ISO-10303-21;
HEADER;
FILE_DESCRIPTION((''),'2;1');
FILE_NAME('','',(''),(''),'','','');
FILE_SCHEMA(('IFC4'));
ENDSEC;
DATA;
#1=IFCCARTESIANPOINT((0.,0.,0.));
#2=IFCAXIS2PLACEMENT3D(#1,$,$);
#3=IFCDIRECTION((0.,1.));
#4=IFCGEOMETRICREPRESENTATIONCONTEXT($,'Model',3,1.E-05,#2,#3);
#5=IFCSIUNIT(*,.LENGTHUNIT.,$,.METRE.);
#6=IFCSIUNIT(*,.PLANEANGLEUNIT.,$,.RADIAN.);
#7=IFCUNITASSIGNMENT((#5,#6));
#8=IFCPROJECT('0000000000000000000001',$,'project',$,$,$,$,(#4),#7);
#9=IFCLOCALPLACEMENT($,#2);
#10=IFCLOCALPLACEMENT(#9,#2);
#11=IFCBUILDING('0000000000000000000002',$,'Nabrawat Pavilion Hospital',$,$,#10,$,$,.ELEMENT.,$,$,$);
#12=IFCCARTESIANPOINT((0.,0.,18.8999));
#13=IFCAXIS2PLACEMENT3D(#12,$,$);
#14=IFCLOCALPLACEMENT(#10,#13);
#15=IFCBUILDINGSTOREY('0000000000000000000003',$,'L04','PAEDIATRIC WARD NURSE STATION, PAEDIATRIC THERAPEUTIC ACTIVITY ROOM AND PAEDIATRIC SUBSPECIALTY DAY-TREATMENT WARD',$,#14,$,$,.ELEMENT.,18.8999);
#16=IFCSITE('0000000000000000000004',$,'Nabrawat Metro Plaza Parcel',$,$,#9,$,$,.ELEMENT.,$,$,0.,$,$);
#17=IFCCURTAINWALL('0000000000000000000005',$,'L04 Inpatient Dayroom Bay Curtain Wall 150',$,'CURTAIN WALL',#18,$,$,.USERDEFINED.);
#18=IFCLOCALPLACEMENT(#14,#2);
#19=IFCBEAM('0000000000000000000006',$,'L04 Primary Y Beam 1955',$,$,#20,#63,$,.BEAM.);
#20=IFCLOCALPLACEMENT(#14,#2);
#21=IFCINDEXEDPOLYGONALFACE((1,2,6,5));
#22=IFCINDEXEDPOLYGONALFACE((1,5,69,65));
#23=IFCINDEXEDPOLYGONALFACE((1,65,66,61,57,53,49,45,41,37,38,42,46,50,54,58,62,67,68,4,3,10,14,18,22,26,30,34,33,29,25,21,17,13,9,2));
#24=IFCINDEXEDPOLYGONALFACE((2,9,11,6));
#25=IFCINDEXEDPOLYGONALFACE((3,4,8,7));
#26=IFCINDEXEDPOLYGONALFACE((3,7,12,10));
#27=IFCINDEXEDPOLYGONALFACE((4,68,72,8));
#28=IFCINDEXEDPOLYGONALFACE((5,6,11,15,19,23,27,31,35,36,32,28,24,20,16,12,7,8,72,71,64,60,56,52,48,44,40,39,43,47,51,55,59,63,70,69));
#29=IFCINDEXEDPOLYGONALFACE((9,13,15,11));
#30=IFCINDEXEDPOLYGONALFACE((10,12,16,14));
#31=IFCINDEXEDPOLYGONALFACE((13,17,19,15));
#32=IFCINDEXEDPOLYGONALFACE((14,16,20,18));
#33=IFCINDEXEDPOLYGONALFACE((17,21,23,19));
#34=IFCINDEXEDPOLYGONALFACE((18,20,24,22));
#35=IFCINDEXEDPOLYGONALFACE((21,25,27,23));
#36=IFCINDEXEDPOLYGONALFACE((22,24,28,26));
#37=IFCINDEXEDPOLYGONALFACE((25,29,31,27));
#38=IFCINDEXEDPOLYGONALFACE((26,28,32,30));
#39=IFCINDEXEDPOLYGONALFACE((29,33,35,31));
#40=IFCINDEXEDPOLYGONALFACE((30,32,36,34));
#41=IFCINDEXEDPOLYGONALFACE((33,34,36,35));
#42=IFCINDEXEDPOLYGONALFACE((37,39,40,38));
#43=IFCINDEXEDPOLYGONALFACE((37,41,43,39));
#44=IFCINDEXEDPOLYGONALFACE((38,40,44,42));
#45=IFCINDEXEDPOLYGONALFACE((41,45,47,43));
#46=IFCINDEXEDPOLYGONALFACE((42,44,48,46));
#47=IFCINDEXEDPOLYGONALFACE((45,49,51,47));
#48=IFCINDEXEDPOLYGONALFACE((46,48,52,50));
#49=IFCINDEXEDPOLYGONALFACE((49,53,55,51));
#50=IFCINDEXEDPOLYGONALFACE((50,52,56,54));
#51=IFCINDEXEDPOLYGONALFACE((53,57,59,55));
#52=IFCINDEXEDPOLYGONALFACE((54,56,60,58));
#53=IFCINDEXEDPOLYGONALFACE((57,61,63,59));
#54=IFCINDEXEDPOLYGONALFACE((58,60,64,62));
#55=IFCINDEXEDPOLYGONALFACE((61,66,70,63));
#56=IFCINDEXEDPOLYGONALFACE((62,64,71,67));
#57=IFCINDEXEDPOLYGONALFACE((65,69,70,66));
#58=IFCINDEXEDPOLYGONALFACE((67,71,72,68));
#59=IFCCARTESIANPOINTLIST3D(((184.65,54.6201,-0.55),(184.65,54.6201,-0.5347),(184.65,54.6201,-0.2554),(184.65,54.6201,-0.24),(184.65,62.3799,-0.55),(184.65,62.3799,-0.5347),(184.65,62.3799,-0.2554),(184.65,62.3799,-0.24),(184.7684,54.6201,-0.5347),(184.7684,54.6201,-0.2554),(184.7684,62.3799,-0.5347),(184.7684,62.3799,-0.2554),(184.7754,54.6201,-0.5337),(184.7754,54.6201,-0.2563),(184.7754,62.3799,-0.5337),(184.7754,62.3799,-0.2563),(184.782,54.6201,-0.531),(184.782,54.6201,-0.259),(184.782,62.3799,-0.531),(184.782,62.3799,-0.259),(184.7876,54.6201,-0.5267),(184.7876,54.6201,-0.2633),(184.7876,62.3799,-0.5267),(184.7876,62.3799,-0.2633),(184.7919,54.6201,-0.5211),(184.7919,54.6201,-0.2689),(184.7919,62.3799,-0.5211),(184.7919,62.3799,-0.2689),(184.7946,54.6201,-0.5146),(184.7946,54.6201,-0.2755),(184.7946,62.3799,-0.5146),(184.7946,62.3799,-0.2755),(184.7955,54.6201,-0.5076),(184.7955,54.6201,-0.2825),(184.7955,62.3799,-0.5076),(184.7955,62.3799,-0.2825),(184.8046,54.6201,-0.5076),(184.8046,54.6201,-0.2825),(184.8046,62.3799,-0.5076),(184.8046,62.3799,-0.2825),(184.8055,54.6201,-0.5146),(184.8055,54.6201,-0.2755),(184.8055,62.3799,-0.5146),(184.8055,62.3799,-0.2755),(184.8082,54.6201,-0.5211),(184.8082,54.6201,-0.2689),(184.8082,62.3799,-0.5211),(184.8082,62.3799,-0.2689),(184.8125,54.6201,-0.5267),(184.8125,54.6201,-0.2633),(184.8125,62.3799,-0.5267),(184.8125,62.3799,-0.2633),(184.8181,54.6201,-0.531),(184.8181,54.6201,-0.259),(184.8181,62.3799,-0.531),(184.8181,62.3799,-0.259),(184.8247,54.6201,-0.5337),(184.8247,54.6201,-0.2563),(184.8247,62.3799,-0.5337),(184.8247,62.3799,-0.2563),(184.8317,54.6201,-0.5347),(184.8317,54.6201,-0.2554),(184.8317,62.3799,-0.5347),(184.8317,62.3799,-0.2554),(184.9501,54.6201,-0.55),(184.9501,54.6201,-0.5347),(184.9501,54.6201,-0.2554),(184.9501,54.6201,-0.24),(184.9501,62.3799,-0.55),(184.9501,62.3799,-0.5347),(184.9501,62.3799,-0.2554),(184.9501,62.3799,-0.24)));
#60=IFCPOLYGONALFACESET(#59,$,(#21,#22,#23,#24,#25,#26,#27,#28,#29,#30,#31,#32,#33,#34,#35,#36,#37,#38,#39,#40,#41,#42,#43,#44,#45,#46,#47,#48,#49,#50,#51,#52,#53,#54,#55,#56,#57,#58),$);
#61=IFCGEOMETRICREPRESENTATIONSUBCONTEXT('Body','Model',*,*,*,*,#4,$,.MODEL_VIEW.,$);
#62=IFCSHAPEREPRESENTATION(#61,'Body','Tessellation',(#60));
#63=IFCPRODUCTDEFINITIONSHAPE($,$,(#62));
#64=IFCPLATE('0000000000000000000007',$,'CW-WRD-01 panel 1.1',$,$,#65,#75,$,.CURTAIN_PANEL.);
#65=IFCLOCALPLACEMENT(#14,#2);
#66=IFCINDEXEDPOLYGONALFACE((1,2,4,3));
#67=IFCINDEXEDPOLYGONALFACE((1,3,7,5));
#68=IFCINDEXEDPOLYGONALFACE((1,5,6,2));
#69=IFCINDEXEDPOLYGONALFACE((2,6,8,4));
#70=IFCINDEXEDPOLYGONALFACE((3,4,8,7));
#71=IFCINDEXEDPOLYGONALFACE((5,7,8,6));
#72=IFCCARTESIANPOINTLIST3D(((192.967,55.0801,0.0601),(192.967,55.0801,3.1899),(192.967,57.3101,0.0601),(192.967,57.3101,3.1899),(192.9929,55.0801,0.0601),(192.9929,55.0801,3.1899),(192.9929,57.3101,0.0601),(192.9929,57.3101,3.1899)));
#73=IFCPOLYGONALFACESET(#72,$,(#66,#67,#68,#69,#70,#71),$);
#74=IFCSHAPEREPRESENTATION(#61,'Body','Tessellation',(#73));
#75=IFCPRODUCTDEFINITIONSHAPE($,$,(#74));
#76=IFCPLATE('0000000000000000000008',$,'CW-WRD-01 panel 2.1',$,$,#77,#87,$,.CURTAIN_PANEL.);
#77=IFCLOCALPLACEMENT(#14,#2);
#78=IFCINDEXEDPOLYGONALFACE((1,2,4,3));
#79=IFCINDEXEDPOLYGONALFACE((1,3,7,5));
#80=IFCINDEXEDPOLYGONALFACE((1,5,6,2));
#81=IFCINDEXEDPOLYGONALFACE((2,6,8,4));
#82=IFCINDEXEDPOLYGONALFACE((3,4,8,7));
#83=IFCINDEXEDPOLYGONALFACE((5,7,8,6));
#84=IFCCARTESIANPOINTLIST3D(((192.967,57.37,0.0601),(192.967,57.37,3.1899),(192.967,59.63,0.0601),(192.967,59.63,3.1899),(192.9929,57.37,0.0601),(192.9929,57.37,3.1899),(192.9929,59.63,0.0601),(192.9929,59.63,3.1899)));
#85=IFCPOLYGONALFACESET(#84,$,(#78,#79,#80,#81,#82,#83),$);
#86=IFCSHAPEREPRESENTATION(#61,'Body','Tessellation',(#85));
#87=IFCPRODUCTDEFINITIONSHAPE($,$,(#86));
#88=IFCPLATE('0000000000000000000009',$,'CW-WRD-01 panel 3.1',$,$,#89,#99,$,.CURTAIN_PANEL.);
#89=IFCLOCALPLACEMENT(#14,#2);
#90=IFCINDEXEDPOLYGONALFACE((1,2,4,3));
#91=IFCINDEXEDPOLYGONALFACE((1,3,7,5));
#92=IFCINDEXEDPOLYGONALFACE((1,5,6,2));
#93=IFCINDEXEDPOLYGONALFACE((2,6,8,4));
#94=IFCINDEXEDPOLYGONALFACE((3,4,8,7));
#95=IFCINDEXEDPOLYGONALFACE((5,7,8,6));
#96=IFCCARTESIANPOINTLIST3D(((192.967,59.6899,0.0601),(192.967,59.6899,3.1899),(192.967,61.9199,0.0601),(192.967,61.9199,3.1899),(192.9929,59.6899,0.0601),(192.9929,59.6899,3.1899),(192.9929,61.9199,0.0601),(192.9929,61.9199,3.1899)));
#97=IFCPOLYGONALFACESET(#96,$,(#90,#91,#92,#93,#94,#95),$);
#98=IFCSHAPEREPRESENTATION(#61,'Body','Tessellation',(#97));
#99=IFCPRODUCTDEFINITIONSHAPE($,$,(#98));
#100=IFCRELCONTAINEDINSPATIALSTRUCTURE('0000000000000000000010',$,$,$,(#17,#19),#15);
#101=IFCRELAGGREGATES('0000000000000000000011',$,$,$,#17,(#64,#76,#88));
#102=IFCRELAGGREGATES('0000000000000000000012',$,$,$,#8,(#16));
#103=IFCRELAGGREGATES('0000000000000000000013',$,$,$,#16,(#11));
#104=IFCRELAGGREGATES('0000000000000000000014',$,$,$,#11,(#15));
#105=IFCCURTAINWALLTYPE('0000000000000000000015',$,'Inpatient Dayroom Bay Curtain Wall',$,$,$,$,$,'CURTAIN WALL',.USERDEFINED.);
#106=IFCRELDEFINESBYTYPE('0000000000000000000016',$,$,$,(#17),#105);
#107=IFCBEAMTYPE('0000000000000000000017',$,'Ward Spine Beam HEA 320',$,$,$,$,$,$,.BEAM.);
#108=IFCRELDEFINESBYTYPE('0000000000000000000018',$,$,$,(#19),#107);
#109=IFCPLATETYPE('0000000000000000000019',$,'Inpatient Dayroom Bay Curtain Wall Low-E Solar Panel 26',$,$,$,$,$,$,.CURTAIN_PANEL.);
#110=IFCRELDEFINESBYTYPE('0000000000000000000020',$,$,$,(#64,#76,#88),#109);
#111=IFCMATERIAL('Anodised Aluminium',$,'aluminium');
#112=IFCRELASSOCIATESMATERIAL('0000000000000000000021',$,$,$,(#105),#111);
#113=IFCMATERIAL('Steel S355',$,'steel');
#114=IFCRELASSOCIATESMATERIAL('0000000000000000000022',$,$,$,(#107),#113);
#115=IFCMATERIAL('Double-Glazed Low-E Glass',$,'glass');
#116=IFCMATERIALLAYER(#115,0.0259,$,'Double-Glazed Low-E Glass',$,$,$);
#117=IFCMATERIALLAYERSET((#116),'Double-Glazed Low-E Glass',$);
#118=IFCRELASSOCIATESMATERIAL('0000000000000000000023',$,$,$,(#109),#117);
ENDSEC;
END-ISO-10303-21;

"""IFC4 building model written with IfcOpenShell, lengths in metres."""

from ifc_helpers import new_model, si_unit, direction, frame, origin, origin_2d, place, context, subcontext, project, spatial, rectangle, i_section, extrude, material, layer, layer_set, material_profile, profile_set, type_object, element, aggregate, save


model = new_model("IFC4")

# Units and contexts
model_context = context("Model", 3, precision=1e-05, world=origin(), true_north=direction((0.0, 1.0)))
body_context = subcontext(model_context, "Body", "Model", "MODEL_VIEW")
ifc_project = project(units=[si_unit("LENGTHUNIT", "METRE"), si_unit("PLANEANGLEUNIT", "RADIAN")], contexts=[model_context])

# Site, building, storey
site_placement = place(None, origin())
site = spatial("IfcSite", under=ifc_project, at=site_placement, Name="Nabrawat Metro Plaza Parcel", CompositionType="ELEMENT", RefElevation=0.0)
building_placement = place(site_placement, origin())
building = spatial("IfcBuilding", under=site, at=building_placement, Name="Nabrawat Pavilion Hospital", CompositionType="ELEMENT")
storey_placement = place(building_placement, frame((0.0, 0.0, 18.8999)))
storey = spatial("IfcBuildingStorey", under=building, at=storey_placement, Name="L04", Description="PAEDIATRIC WARD NURSE STATION, PAEDIATRIC THERAPEUTIC ACTIVITY ROOM AND PAEDIATRIC SUBSPECIALTY DAY-TREATMENT WARD", CompositionType="ELEMENT", Elevation=18.8999)

# Shared definitions
ifc_material_1 = material(Name="Steel S355", Category="steel")

# Curtain wall
ifc_material_2 = material(Name="Anodised Aluminium", Category="aluminium")
curtain_wall_type = type_object("IfcCurtainWallType", Name="Inpatient Dayroom Bay Curtain Wall", ElementType="CURTAIN WALL", PredefinedType="USERDEFINED", material=ifc_material_2)
curtain_wall_placement = place(storey_placement, origin())
curtain_wall = element("IfcCurtainWall", 1, at=curtain_wall_placement, inside=storey, type_object=curtain_wall_type, Name="L04 Inpatient Dayroom Bay Curtain Wall 150", ObjectType="CURTAIN WALL", PredefinedType="USERDEFINED")

# Beam
ifc_material_profile_1 = material_profile(ifc_material_1, i_section(OverallWidth=0.3, OverallDepth=0.3101, WebThickness=0.009, FlangeThickness=0.0154, FilletRadius=0.0271, at=origin_2d()), Name="HEA 320")
ifc_profile_set_1 = profile_set([ifc_material_profile_1], Name="Steel S355")
beam_type_1 = type_object("IfcBeamType", Name="Ward Spine Beam HEA 320", PredefinedType="BEAM", material=ifc_profile_set_1)
beam_1_placement = place(storey_placement, frame((184.8, 54.6201, -0.395), z_axis=(0.0, 1.0, 0.0), x_axis=(-1.0, 0.0, 0.0)))
element("IfcBeam", 2, at=beam_1_placement, inside=storey, type_object=beam_type_1, Name="L04 Primary Y Beam 1955", PredefinedType="BEAM", context=body_context, shape_type="SweptSolid", body=[
    extrude(i_section(OverallWidth=0.3, OverallDepth=0.3101, WebThickness=0.009, FlangeThickness=0.0154, FilletRadius=0.0271, at=origin_2d()), origin(), (0.0, 0.0, 1.0), 7.7598),
])

# Plates
ifc_material_3 = material(Name="Double-Glazed Low-E Glass", Category="glass")
ifc_layer = layer(ifc_material_3, 0.0259, Name="Double-Glazed Low-E Glass")
ifc_layer_set = layer_set([ifc_layer], Name="Double-Glazed Low-E Glass")
plate_type = type_object("IfcPlateType", Name="Inpatient Dayroom Bay Curtain Wall Low-E Solar Panel 26", PredefinedType="CURTAIN_PANEL", material=ifc_layer_set)
plate_1_placement = place(storey_placement, frame((192.98, 56.1951, 0.0601), z_axis=(0.0, 0.0, 1.0), x_axis=(0.0, 1.0, 0.0)))
plate_1 = element("IfcPlate", 3, at=plate_1_placement, type_object=plate_type, Name="CW-WRD-01 panel 1.1", PredefinedType="CURTAIN_PANEL", context=body_context, shape_type="SweptSolid", body=[
    extrude(rectangle(XDim=2.23, YDim=0.0259, at=origin_2d()), origin(), (0.0, 0.0, 1.0), 3.1299),
])
plate_2_placement = place(storey_placement, frame((192.98, 58.5, 0.0601), z_axis=(0.0, 0.0, 1.0), x_axis=(0.0, 1.0, 0.0)))
plate_2 = element("IfcPlate", 4, at=plate_2_placement, type_object=plate_type, Name="CW-WRD-01 panel 2.1", PredefinedType="CURTAIN_PANEL", context=body_context, shape_type="SweptSolid", body=[
    extrude(rectangle(XDim=2.26, YDim=0.0259, at=origin_2d()), origin(), (0.0, 0.0, 1.0), 3.1299),
])
plate_3_placement = place(storey_placement, frame((192.98, 60.8049, 0.0601), z_axis=(0.0, 0.0, 1.0), x_axis=(0.0, 1.0, 0.0)))
plate_3 = element("IfcPlate", 5, at=plate_3_placement, type_object=plate_type, Name="CW-WRD-01 panel 3.1", PredefinedType="CURTAIN_PANEL", context=body_context, shape_type="SweptSolid", body=[
    extrude(rectangle(XDim=2.23, YDim=0.0259, at=origin_2d()), origin(), (0.0, 0.0, 1.0), 3.1299),
])
aggregate(curtain_wall, [plate_1, plate_2, plate_3])

save(model, "model.ifc")
